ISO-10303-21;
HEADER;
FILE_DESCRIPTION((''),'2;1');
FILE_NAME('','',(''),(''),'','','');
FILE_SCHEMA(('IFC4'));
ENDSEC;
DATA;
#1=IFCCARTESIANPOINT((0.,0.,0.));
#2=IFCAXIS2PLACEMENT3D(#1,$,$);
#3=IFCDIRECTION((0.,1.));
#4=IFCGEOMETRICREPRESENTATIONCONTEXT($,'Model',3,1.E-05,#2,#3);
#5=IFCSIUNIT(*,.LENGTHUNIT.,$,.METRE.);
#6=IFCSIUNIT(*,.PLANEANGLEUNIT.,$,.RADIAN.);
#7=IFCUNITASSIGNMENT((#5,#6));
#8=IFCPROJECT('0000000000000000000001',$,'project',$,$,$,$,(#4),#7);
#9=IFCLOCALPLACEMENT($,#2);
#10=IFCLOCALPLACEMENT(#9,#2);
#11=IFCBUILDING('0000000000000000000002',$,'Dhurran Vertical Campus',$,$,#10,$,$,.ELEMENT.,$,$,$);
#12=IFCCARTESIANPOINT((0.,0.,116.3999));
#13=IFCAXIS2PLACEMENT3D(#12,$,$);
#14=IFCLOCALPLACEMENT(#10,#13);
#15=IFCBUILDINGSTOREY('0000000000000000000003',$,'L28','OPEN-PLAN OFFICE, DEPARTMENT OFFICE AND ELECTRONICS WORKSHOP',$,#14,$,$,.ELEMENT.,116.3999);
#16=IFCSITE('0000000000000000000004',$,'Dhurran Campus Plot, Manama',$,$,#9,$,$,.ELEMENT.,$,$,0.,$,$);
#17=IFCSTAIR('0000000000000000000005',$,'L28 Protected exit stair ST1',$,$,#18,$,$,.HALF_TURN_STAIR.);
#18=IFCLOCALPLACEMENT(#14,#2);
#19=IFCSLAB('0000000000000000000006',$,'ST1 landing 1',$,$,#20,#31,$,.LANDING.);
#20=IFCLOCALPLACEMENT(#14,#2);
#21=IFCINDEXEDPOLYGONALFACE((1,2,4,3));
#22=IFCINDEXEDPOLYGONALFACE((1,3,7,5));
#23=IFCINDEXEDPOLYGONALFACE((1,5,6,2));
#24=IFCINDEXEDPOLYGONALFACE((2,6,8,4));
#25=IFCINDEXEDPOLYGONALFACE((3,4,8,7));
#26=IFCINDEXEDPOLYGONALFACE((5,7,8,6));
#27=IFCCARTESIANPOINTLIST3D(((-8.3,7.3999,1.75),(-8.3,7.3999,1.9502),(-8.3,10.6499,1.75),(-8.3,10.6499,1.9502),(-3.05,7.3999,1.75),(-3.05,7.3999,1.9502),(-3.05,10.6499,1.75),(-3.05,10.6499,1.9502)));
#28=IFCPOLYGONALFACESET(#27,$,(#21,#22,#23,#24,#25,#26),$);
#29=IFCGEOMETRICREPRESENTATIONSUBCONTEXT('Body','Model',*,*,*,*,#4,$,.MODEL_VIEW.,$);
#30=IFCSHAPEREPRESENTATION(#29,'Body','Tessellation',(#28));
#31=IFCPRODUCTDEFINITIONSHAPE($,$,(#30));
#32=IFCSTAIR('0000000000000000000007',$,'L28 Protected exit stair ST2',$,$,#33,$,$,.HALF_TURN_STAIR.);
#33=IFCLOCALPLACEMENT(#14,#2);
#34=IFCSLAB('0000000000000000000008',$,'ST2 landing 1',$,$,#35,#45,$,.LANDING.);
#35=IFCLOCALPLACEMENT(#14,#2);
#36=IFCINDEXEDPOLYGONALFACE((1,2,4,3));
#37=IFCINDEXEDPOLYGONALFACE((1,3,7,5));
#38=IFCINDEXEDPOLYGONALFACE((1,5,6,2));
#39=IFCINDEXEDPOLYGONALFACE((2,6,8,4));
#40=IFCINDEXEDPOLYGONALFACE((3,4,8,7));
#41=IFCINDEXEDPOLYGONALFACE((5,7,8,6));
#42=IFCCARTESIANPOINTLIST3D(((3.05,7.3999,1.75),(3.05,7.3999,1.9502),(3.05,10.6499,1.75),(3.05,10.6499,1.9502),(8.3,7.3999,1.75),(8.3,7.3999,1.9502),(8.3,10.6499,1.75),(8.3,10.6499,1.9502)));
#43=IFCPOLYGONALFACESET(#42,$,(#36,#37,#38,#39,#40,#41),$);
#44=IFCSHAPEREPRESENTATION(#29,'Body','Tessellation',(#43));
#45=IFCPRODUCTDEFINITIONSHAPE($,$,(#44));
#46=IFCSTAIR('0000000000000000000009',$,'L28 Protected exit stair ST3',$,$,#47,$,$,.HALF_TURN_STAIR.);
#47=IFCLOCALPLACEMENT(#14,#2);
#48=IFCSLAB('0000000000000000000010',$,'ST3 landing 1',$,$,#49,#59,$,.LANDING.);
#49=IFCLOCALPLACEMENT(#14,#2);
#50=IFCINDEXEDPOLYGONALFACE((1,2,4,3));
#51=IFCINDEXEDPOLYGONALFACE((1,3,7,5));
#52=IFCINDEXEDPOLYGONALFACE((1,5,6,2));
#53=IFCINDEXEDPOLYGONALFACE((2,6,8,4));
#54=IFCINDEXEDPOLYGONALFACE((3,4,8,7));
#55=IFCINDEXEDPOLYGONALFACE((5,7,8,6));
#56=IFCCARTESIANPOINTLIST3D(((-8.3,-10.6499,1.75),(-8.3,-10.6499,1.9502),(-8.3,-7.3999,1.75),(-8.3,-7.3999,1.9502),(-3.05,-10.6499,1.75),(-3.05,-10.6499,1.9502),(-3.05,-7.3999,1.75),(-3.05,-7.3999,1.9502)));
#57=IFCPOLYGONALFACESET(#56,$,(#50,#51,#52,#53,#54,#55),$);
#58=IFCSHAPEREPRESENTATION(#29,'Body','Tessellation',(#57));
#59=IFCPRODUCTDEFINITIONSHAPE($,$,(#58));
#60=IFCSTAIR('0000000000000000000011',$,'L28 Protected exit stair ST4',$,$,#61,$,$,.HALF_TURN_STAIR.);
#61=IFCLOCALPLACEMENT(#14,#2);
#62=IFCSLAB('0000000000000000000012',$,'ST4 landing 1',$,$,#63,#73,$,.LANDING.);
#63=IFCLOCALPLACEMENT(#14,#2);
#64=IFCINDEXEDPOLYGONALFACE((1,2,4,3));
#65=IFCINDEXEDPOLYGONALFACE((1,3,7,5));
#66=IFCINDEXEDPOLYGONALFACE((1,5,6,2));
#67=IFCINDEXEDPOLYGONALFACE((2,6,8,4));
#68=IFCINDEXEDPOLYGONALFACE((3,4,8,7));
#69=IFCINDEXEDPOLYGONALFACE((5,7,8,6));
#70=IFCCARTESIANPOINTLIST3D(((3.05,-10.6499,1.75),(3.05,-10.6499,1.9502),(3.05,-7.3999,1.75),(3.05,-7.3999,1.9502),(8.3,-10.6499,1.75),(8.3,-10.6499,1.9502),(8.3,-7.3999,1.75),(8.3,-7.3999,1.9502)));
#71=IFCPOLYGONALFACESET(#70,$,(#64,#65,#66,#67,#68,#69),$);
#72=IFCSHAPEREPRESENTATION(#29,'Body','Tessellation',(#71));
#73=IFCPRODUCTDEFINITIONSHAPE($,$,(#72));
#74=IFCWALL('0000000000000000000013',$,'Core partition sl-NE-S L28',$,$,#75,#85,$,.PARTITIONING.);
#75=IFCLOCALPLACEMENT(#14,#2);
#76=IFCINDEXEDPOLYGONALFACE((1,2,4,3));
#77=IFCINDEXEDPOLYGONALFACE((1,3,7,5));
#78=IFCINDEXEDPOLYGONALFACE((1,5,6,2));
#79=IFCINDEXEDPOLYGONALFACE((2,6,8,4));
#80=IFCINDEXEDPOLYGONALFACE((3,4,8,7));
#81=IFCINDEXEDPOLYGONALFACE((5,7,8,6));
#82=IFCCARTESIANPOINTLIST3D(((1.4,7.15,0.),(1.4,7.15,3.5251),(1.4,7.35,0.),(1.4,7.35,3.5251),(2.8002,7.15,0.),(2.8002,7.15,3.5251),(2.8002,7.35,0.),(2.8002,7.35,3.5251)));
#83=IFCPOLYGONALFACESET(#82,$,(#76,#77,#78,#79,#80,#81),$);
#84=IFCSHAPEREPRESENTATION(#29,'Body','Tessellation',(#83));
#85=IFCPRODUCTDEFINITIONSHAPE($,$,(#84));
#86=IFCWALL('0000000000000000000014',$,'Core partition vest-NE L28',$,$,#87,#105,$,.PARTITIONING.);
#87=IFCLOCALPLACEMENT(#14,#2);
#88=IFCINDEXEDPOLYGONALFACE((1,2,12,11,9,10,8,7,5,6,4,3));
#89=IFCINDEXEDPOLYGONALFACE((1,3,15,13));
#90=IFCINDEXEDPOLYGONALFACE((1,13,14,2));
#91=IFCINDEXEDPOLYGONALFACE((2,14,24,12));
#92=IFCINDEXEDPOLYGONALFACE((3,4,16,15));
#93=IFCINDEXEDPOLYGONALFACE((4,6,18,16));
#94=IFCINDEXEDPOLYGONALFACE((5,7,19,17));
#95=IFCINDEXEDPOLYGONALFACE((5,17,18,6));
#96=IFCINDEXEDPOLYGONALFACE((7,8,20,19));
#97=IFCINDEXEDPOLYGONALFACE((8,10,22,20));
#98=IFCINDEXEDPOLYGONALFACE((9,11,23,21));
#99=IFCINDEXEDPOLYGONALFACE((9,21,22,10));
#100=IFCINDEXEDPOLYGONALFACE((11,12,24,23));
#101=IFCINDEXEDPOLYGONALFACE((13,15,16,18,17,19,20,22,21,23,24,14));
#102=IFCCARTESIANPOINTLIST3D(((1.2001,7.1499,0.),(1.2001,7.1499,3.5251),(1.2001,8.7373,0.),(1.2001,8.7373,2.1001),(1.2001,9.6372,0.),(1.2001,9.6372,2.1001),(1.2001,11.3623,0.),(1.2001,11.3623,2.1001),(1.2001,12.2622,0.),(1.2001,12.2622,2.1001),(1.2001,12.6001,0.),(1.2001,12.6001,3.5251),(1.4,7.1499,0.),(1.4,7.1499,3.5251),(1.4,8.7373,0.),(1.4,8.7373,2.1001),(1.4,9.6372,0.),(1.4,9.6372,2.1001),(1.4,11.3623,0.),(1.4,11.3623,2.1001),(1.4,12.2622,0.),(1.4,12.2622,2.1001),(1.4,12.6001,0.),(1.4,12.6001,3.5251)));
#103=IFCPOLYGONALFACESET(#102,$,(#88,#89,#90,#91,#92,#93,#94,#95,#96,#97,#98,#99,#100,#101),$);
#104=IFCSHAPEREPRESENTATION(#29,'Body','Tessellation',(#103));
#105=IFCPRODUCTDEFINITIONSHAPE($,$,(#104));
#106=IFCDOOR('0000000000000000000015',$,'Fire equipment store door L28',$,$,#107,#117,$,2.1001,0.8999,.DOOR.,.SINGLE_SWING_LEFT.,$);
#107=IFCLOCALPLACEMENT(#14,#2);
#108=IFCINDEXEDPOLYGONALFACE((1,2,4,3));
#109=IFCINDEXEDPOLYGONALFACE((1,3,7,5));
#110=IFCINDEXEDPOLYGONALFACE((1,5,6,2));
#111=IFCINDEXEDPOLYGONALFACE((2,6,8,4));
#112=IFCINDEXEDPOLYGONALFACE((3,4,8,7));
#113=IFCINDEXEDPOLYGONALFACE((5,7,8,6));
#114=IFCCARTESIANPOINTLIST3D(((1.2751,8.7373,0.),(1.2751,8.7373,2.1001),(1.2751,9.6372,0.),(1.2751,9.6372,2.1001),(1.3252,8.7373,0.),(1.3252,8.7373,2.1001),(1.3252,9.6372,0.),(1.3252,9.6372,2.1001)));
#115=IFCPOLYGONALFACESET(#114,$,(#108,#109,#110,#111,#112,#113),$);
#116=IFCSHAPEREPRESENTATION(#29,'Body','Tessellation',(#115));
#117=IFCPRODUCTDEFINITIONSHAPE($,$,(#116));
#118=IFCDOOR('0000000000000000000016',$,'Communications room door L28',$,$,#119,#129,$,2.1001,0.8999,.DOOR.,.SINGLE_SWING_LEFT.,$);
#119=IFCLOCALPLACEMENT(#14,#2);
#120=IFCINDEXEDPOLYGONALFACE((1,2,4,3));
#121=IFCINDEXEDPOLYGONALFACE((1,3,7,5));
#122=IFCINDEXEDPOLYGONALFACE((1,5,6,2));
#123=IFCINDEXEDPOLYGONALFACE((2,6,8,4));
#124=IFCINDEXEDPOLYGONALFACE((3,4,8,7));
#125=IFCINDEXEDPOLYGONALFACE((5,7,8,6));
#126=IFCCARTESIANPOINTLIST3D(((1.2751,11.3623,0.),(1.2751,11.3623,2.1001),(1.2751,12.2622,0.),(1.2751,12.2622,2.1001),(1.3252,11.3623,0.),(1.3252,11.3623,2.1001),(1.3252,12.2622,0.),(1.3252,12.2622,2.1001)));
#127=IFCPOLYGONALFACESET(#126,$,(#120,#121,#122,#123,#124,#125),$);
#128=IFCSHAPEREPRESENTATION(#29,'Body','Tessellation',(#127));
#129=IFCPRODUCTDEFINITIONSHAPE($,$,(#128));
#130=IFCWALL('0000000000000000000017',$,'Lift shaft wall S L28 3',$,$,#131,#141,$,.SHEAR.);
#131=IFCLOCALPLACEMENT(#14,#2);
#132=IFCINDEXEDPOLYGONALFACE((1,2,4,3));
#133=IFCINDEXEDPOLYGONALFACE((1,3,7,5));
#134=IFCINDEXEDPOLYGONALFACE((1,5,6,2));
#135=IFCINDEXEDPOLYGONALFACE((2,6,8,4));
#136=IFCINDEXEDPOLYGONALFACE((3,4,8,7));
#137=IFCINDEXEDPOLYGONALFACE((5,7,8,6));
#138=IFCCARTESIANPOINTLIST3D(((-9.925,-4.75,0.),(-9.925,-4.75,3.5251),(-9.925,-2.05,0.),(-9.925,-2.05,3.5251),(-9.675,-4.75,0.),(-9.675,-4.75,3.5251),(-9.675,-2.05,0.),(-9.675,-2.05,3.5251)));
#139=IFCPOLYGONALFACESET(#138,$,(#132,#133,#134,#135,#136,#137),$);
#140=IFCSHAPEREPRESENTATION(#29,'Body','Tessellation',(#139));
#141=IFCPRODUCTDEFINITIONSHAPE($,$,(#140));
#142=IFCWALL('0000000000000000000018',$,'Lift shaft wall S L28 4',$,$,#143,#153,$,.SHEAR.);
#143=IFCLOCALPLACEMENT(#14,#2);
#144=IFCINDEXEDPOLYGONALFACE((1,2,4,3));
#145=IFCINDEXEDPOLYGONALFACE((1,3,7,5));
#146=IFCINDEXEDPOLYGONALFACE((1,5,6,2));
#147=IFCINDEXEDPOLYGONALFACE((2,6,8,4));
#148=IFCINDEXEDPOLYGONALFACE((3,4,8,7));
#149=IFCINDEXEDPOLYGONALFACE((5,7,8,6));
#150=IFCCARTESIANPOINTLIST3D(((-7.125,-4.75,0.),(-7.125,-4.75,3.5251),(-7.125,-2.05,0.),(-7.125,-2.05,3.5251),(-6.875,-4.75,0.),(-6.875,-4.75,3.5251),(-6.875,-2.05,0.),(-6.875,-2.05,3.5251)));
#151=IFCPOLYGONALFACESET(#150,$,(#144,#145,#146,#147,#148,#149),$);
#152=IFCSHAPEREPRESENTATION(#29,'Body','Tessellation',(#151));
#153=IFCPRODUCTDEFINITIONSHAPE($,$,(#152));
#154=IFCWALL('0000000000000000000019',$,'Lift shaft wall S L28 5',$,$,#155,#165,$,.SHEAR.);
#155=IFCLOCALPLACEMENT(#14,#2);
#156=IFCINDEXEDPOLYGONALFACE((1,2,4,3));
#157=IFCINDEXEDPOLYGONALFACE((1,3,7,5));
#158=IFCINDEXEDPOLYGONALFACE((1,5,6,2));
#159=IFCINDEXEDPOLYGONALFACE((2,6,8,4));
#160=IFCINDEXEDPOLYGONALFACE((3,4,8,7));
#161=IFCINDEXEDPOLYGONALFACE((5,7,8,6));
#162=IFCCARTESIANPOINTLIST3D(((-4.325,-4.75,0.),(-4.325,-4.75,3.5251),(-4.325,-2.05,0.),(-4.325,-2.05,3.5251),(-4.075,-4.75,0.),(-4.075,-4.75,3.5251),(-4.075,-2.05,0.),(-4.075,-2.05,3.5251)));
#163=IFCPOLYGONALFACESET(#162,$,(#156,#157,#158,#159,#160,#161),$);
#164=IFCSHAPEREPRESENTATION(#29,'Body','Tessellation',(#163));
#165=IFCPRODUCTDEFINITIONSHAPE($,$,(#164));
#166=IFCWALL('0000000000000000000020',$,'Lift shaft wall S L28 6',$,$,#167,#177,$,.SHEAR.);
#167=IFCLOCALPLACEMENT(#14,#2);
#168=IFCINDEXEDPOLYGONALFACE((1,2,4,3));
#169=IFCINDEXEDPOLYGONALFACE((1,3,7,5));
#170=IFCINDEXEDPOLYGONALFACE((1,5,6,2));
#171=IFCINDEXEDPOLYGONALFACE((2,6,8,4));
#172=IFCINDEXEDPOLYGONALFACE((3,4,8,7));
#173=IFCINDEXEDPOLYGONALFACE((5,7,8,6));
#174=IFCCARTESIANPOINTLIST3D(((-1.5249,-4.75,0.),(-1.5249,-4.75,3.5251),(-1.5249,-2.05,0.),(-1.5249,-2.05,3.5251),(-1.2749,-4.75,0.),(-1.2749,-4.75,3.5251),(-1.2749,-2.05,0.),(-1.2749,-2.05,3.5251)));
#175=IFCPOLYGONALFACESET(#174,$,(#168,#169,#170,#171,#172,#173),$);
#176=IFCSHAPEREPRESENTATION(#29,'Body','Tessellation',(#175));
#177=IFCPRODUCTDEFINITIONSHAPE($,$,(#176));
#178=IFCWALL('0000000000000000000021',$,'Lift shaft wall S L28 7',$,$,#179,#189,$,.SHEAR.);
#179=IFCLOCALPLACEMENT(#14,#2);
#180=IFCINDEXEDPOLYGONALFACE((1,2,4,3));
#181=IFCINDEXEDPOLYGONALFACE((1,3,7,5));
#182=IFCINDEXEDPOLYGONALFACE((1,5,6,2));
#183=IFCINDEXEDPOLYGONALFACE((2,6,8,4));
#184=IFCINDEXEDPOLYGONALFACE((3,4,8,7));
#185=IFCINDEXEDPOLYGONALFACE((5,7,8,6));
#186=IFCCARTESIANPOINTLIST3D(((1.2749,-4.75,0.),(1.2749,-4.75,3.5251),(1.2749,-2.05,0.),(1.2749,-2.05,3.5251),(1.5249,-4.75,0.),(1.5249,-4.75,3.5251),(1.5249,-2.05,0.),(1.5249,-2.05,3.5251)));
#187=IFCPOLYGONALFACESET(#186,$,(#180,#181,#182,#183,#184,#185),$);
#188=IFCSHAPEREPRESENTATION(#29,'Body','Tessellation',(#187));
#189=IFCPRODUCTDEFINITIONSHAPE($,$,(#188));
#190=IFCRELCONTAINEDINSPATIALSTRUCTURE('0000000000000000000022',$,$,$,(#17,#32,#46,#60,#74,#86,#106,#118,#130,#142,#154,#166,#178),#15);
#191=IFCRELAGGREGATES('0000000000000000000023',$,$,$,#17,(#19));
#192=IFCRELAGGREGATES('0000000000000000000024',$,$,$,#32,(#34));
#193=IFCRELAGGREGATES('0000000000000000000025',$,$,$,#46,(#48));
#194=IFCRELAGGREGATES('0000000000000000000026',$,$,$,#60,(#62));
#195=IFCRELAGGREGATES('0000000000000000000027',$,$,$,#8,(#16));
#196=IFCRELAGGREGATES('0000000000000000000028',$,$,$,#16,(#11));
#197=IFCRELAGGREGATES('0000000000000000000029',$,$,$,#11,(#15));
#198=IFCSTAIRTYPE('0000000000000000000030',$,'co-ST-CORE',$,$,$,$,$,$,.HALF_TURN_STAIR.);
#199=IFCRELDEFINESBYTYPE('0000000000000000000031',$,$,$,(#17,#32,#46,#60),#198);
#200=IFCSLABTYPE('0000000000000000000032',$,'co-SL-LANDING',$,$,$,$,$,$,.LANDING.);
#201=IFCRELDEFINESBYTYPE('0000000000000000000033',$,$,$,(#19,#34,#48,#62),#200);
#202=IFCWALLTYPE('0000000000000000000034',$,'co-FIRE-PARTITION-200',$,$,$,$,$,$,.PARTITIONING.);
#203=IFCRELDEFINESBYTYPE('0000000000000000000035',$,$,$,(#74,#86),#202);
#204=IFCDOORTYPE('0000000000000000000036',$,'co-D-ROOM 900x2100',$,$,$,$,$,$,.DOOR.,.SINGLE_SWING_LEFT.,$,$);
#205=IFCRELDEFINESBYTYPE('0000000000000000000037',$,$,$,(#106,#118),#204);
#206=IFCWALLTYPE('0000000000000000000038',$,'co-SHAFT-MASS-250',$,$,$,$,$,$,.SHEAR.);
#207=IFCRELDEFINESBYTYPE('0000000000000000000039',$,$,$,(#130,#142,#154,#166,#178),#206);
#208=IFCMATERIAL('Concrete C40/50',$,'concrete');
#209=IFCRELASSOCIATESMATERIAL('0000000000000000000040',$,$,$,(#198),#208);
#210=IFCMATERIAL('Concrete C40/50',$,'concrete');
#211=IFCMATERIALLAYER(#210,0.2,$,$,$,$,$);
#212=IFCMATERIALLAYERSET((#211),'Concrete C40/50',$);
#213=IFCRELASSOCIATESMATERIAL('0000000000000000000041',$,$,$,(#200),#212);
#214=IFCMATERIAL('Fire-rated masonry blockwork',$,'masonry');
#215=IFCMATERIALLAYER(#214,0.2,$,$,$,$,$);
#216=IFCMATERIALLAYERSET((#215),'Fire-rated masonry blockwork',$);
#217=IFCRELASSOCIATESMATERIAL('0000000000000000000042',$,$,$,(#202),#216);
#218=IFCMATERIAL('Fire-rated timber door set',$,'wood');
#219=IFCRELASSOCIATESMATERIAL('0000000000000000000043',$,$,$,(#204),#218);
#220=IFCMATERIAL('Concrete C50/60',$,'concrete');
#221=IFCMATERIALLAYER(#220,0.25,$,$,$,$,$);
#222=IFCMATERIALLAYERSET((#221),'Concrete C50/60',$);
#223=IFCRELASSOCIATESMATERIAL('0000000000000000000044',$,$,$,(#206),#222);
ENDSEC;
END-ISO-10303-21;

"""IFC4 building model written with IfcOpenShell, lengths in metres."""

from ifc_helpers import new_model, si_unit, direction, frame, frame_2d, origin, place, context, subcontext, project, spatial, polyline, rectangle, outline, extrude, material, layer, layer_set, type_object, element, fill, aggregate, save


model = new_model("IFC4")

# Units and contexts
model_context = context("Model", 3, precision=1e-05, world=origin(), true_north=direction((0.0, 1.0)))
body_context = subcontext(model_context, "Body", "Model", "MODEL_VIEW")
ifc_project = project(units=[si_unit("LENGTHUNIT", "METRE"), si_unit("PLANEANGLEUNIT", "RADIAN")], contexts=[model_context])

# Site, building, storey
site_placement = place(None, origin())
site = spatial("IfcSite", under=ifc_project, at=site_placement, Name="Dhurran Campus Plot, Manama", CompositionType="ELEMENT", RefElevation=0.0)
building_placement = place(site_placement, origin())
building = spatial("IfcBuilding", under=site, at=building_placement, Name="Dhurran Vertical Campus", CompositionType="ELEMENT")
storey_placement = place(building_placement, frame((0.0, 0.0, 116.3999)))
storey = spatial("IfcBuildingStorey", under=building, at=storey_placement, Name="L28", Description="OPEN-PLAN OFFICE, DEPARTMENT OFFICE AND ELECTRONICS WORKSHOP", CompositionType="ELEMENT", Elevation=116.3999)

# Stairs, slabs
ifc_material_1 = material(Name="Concrete C40/50", Category="concrete")
stair_type = type_object("IfcStairType", Name="co-ST-CORE", PredefinedType="HALF_TURN_STAIR", material=ifc_material_1)
stair_1_placement = place(storey_placement, origin())
stair_1 = element("IfcStair", 1, at=stair_1_placement, inside=storey, type_object=stair_type, Name="L28 Protected exit stair ST1", PredefinedType="HALF_TURN_STAIR")
ifc_material_2 = material(Name="Concrete C40/50", Category="concrete")
ifc_layer_1 = layer(ifc_material_2, 0.2)
ifc_layer_set_1 = layer_set([ifc_layer_1], Name="Concrete C40/50")
slab_type = type_object("IfcSlabType", Name="co-SL-LANDING", PredefinedType="LANDING", material=ifc_layer_set_1)
slab_1_placement = place(storey_placement, frame((0.0, 0.0, 1.75)))
slab_1 = element("IfcSlab", 2, at=slab_1_placement, type_object=slab_type, Name="ST1 landing 1", PredefinedType="LANDING", context=body_context, shape_type="SweptSolid", body=[
    extrude(outline(polyline([(-8.3, 7.3999), (-3.05, 7.3999), (-3.05, 10.6499), (-8.3, 10.6499), (-8.3, 7.3999)])), origin(), (0.0, 0.0, 1.0), 0.2002),
])
aggregate(stair_1, [slab_1])
stair_2_placement = place(storey_placement, origin())
stair_2 = element("IfcStair", 3, at=stair_2_placement, inside=storey, type_object=stair_type, Name="L28 Protected exit stair ST2", PredefinedType="HALF_TURN_STAIR")
slab_2_placement = place(storey_placement, frame((0.0, 0.0, 1.75)))
slab_2 = element("IfcSlab", 4, at=slab_2_placement, type_object=slab_type, Name="ST2 landing 1", PredefinedType="LANDING", context=body_context, shape_type="SweptSolid", body=[
    extrude(outline(polyline([(8.3, 10.6499), (3.05, 10.6499), (3.05, 7.3999), (8.3, 7.3999), (8.3, 10.6499)])), origin(), (0.0, 0.0, 1.0), 0.2002),
])
aggregate(stair_2, [slab_2])
stair_3_placement = place(storey_placement, origin())
stair_3 = element("IfcStair", 5, at=stair_3_placement, inside=storey, type_object=stair_type, Name="L28 Protected exit stair ST3", PredefinedType="HALF_TURN_STAIR")
slab_3_placement = place(storey_placement, frame((0.0, 0.0, 1.75)))
slab_3 = element("IfcSlab", 6, at=slab_3_placement, type_object=slab_type, Name="ST3 landing 1", PredefinedType="LANDING", context=body_context, shape_type="SweptSolid", body=[
    extrude(outline(polyline([(-8.3, -10.6499), (-3.05, -10.6499), (-3.05, -7.3999), (-8.3, -7.3999), (-8.3, -10.6499)])), origin(), (0.0, 0.0, 1.0), 0.2002),
])
aggregate(stair_3, [slab_3])
stair_4_placement = place(storey_placement, origin())
stair_4 = element("IfcStair", 7, at=stair_4_placement, inside=storey, type_object=stair_type, Name="L28 Protected exit stair ST4", PredefinedType="HALF_TURN_STAIR")
slab_4_placement = place(storey_placement, frame((0.0, 0.0, 1.75)))
slab_4 = element("IfcSlab", 8, at=slab_4_placement, type_object=slab_type, Name="ST4 landing 1", PredefinedType="LANDING", context=body_context, shape_type="SweptSolid", body=[
    extrude(outline(polyline([(8.3, -7.3999), (3.05, -7.3999), (3.05, -10.6499), (8.3, -10.6499), (8.3, -7.3999)])), origin(), (0.0, 0.0, 1.0), 0.2002),
])
aggregate(stair_4, [slab_4])

# Wall
ifc_material_3 = material(Name="Fire-rated masonry blockwork", Category="masonry")
ifc_layer_2 = layer(ifc_material_3, 0.2)
ifc_layer_set_2 = layer_set([ifc_layer_2], Name="Fire-rated masonry blockwork")
wall_type_1 = type_object("IfcWallType", Name="co-FIRE-PARTITION-200", PredefinedType="PARTITIONING", material=ifc_layer_set_2)
wall_1_placement = place(storey_placement, frame((1.3999, 7.25, 0.0), z_axis=(0.0, 0.0, 1.0), x_axis=(1.0, 0.0, 0.0)))
element("IfcWall", 9, at=wall_1_placement, inside=storey, type_object=wall_type_1, Name="Core partition sl-NE-S L28", PredefinedType="PARTITIONING", context=body_context, shape_type="SweptSolid", body=[
    extrude(rectangle(XDim=1.4001, YDim=0.2, at=frame_2d((0.7002, 0.0))), origin(), (0.0, 0.0, 1.0), 3.5251),
])

# Wall, openings, doors
wall_2_placement = place(storey_placement, frame((1.3, 7.1499, 0.0), z_axis=(0.0, 0.0, 1.0), x_axis=(0.0, 1.0, 0.0)))
wall_2 = element("IfcWall", 10, at=wall_2_placement, inside=storey, type_object=wall_type_1, Name="Core partition vest-NE L28", PredefinedType="PARTITIONING", context=body_context, shape_type="SweptSolid", body=[
    extrude(rectangle(XDim=5.4502, YDim=0.2, at=frame_2d((2.7251, 0.0))), origin(), (0.0, 0.0, 1.0), 3.5251),
])
opening_1_placement = place(wall_2_placement, frame((1.5874, 0.0, 0.0)))
opening_1 = element("IfcOpeningElement", 11, at=opening_1_placement, cuts=wall_2, PredefinedType="OPENING", context=body_context, shape_type="SweptSolid", body=[
    extrude(rectangle(XDim=0.8999, YDim=2.1001, at=frame_2d((0.45, 1.05))), frame((0.0, 0.1099, 0.0), z_axis=(0.0, -1.0, 0.0), x_axis=(1.0, 0.0, 0.0)), (0.0, 0.0, 1.0), 0.22),
])
opening_2_placement = place(wall_2_placement, frame((4.2124, 0.0, 0.0)))
opening_2 = element("IfcOpeningElement", 12, at=opening_2_placement, cuts=wall_2, PredefinedType="OPENING", context=body_context, shape_type="SweptSolid", body=[
    extrude(rectangle(XDim=0.8999, YDim=2.1001, at=frame_2d((0.45, 1.05))), frame((0.0, 0.1099, 0.0), z_axis=(0.0, -1.0, 0.0), x_axis=(1.0, 0.0, 0.0)), (0.0, 0.0, 1.0), 0.22),
])
ifc_material_4 = material(Name="Fire-rated timber door set", Category="wood")
door_type_1 = type_object("IfcDoorType", Name="co-D-ROOM 900x2100", OperationType="SINGLE_SWING_LEFT", PredefinedType="DOOR", material=ifc_material_4)
door_1_placement = place(opening_1_placement, origin())
door_1 = element("IfcDoor", 13, at=door_1_placement, inside=storey, type_object=door_type_1, Name="Fire equipment store door L28", OperationType="SINGLE_SWING_LEFT", OverallHeight=2.1001, OverallWidth=0.8999, PredefinedType="DOOR", context=body_context, shape_type="SweptSolid", body=[
    extrude(rectangle(XDim=0.8999, YDim=2.1001, at=frame_2d((0.45, 1.05))), frame((0.0, 0.0249, 0.0), z_axis=(0.0, -1.0, 0.0), x_axis=(1.0, 0.0, 0.0)), (0.0, 0.0, 1.0), 0.05),
])
fill(opening_1, door_1)
door_2_placement = place(opening_2_placement, origin())
door_2 = element("IfcDoor", 14, at=door_2_placement, inside=storey, type_object=door_type_1, Name="Communications room door L28", OperationType="SINGLE_SWING_LEFT", OverallHeight=2.1001, OverallWidth=0.8999, PredefinedType="DOOR", context=body_context, shape_type="SweptSolid", body=[
    extrude(rectangle(XDim=0.8999, YDim=2.1001, at=frame_2d((0.45, 1.05))), frame((0.0, 0.0249, 0.0), z_axis=(0.0, -1.0, 0.0), x_axis=(1.0, 0.0, 0.0)), (0.0, 0.0, 1.0), 0.05),
])
fill(opening_2, door_2)

# Walls
ifc_material_5 = material(Name="Concrete C50/60", Category="concrete")
ifc_layer_3 = layer(ifc_material_5, 0.25)
ifc_layer_set_3 = layer_set([ifc_layer_3], Name="Concrete C50/60")
wall_type_2 = type_object("IfcWallType", Name="co-SHAFT-MASS-250", PredefinedType="SHEAR", material=ifc_layer_set_3)
wall_3_placement = place(storey_placement, origin())
element("IfcWall", 15, at=wall_3_placement, inside=storey, type_object=wall_type_2, Name="Lift shaft wall S L28 3", PredefinedType="SHEAR", context=body_context, shape_type="SweptSolid", body=[
    extrude(outline(polyline([(-9.925, -4.75), (-9.675, -4.75), (-9.675, -2.05), (-9.925, -2.05), (-9.925, -4.75)])), origin(), (0.0, 0.0, 1.0), 3.5251),
])
wall_4_placement = place(storey_placement, origin())
element("IfcWall", 16, at=wall_4_placement, inside=storey, type_object=wall_type_2, Name="Lift shaft wall S L28 4", PredefinedType="SHEAR", context=body_context, shape_type="SweptSolid", body=[
    extrude(outline(polyline([(-7.125, -4.75), (-6.875, -4.75), (-6.875, -2.05), (-7.125, -2.05), (-7.125, -4.75)])), origin(), (0.0, 0.0, 1.0), 3.5251),
])
wall_5_placement = place(storey_placement, origin())
element("IfcWall", 17, at=wall_5_placement, inside=storey, type_object=wall_type_2, Name="Lift shaft wall S L28 5", PredefinedType="SHEAR", context=body_context, shape_type="SweptSolid", body=[
    extrude(outline(polyline([(-4.325, -4.75), (-4.075, -4.75), (-4.075, -2.05), (-4.325, -2.05), (-4.325, -4.75)])), origin(), (0.0, 0.0, 1.0), 3.5251),
])
wall_6_placement = place(storey_placement, origin())
element("IfcWall", 18, at=wall_6_placement, inside=storey, type_object=wall_type_2, Name="Lift shaft wall S L28 6", PredefinedType="SHEAR", context=body_context, shape_type="SweptSolid", body=[
    extrude(outline(polyline([(-1.5249, -4.75), (-1.2749, -4.75), (-1.2749, -2.05), (-1.5249, -2.05), (-1.5249, -4.75)])), origin(), (0.0, 0.0, 1.0), 3.5251),
])
wall_7_placement = place(storey_placement, origin())
element("IfcWall", 19, at=wall_7_placement, inside=storey, type_object=wall_type_2, Name="Lift shaft wall S L28 7", PredefinedType="SHEAR", context=body_context, shape_type="SweptSolid", body=[
    extrude(outline(polyline([(1.2749, -4.75), (1.5249, -4.75), (1.5249, -2.05), (1.2749, -2.05), (1.2749, -4.75)])), origin(), (0.0, 0.0, 1.0), 3.5251),
])

save(model, "model.ifc")
